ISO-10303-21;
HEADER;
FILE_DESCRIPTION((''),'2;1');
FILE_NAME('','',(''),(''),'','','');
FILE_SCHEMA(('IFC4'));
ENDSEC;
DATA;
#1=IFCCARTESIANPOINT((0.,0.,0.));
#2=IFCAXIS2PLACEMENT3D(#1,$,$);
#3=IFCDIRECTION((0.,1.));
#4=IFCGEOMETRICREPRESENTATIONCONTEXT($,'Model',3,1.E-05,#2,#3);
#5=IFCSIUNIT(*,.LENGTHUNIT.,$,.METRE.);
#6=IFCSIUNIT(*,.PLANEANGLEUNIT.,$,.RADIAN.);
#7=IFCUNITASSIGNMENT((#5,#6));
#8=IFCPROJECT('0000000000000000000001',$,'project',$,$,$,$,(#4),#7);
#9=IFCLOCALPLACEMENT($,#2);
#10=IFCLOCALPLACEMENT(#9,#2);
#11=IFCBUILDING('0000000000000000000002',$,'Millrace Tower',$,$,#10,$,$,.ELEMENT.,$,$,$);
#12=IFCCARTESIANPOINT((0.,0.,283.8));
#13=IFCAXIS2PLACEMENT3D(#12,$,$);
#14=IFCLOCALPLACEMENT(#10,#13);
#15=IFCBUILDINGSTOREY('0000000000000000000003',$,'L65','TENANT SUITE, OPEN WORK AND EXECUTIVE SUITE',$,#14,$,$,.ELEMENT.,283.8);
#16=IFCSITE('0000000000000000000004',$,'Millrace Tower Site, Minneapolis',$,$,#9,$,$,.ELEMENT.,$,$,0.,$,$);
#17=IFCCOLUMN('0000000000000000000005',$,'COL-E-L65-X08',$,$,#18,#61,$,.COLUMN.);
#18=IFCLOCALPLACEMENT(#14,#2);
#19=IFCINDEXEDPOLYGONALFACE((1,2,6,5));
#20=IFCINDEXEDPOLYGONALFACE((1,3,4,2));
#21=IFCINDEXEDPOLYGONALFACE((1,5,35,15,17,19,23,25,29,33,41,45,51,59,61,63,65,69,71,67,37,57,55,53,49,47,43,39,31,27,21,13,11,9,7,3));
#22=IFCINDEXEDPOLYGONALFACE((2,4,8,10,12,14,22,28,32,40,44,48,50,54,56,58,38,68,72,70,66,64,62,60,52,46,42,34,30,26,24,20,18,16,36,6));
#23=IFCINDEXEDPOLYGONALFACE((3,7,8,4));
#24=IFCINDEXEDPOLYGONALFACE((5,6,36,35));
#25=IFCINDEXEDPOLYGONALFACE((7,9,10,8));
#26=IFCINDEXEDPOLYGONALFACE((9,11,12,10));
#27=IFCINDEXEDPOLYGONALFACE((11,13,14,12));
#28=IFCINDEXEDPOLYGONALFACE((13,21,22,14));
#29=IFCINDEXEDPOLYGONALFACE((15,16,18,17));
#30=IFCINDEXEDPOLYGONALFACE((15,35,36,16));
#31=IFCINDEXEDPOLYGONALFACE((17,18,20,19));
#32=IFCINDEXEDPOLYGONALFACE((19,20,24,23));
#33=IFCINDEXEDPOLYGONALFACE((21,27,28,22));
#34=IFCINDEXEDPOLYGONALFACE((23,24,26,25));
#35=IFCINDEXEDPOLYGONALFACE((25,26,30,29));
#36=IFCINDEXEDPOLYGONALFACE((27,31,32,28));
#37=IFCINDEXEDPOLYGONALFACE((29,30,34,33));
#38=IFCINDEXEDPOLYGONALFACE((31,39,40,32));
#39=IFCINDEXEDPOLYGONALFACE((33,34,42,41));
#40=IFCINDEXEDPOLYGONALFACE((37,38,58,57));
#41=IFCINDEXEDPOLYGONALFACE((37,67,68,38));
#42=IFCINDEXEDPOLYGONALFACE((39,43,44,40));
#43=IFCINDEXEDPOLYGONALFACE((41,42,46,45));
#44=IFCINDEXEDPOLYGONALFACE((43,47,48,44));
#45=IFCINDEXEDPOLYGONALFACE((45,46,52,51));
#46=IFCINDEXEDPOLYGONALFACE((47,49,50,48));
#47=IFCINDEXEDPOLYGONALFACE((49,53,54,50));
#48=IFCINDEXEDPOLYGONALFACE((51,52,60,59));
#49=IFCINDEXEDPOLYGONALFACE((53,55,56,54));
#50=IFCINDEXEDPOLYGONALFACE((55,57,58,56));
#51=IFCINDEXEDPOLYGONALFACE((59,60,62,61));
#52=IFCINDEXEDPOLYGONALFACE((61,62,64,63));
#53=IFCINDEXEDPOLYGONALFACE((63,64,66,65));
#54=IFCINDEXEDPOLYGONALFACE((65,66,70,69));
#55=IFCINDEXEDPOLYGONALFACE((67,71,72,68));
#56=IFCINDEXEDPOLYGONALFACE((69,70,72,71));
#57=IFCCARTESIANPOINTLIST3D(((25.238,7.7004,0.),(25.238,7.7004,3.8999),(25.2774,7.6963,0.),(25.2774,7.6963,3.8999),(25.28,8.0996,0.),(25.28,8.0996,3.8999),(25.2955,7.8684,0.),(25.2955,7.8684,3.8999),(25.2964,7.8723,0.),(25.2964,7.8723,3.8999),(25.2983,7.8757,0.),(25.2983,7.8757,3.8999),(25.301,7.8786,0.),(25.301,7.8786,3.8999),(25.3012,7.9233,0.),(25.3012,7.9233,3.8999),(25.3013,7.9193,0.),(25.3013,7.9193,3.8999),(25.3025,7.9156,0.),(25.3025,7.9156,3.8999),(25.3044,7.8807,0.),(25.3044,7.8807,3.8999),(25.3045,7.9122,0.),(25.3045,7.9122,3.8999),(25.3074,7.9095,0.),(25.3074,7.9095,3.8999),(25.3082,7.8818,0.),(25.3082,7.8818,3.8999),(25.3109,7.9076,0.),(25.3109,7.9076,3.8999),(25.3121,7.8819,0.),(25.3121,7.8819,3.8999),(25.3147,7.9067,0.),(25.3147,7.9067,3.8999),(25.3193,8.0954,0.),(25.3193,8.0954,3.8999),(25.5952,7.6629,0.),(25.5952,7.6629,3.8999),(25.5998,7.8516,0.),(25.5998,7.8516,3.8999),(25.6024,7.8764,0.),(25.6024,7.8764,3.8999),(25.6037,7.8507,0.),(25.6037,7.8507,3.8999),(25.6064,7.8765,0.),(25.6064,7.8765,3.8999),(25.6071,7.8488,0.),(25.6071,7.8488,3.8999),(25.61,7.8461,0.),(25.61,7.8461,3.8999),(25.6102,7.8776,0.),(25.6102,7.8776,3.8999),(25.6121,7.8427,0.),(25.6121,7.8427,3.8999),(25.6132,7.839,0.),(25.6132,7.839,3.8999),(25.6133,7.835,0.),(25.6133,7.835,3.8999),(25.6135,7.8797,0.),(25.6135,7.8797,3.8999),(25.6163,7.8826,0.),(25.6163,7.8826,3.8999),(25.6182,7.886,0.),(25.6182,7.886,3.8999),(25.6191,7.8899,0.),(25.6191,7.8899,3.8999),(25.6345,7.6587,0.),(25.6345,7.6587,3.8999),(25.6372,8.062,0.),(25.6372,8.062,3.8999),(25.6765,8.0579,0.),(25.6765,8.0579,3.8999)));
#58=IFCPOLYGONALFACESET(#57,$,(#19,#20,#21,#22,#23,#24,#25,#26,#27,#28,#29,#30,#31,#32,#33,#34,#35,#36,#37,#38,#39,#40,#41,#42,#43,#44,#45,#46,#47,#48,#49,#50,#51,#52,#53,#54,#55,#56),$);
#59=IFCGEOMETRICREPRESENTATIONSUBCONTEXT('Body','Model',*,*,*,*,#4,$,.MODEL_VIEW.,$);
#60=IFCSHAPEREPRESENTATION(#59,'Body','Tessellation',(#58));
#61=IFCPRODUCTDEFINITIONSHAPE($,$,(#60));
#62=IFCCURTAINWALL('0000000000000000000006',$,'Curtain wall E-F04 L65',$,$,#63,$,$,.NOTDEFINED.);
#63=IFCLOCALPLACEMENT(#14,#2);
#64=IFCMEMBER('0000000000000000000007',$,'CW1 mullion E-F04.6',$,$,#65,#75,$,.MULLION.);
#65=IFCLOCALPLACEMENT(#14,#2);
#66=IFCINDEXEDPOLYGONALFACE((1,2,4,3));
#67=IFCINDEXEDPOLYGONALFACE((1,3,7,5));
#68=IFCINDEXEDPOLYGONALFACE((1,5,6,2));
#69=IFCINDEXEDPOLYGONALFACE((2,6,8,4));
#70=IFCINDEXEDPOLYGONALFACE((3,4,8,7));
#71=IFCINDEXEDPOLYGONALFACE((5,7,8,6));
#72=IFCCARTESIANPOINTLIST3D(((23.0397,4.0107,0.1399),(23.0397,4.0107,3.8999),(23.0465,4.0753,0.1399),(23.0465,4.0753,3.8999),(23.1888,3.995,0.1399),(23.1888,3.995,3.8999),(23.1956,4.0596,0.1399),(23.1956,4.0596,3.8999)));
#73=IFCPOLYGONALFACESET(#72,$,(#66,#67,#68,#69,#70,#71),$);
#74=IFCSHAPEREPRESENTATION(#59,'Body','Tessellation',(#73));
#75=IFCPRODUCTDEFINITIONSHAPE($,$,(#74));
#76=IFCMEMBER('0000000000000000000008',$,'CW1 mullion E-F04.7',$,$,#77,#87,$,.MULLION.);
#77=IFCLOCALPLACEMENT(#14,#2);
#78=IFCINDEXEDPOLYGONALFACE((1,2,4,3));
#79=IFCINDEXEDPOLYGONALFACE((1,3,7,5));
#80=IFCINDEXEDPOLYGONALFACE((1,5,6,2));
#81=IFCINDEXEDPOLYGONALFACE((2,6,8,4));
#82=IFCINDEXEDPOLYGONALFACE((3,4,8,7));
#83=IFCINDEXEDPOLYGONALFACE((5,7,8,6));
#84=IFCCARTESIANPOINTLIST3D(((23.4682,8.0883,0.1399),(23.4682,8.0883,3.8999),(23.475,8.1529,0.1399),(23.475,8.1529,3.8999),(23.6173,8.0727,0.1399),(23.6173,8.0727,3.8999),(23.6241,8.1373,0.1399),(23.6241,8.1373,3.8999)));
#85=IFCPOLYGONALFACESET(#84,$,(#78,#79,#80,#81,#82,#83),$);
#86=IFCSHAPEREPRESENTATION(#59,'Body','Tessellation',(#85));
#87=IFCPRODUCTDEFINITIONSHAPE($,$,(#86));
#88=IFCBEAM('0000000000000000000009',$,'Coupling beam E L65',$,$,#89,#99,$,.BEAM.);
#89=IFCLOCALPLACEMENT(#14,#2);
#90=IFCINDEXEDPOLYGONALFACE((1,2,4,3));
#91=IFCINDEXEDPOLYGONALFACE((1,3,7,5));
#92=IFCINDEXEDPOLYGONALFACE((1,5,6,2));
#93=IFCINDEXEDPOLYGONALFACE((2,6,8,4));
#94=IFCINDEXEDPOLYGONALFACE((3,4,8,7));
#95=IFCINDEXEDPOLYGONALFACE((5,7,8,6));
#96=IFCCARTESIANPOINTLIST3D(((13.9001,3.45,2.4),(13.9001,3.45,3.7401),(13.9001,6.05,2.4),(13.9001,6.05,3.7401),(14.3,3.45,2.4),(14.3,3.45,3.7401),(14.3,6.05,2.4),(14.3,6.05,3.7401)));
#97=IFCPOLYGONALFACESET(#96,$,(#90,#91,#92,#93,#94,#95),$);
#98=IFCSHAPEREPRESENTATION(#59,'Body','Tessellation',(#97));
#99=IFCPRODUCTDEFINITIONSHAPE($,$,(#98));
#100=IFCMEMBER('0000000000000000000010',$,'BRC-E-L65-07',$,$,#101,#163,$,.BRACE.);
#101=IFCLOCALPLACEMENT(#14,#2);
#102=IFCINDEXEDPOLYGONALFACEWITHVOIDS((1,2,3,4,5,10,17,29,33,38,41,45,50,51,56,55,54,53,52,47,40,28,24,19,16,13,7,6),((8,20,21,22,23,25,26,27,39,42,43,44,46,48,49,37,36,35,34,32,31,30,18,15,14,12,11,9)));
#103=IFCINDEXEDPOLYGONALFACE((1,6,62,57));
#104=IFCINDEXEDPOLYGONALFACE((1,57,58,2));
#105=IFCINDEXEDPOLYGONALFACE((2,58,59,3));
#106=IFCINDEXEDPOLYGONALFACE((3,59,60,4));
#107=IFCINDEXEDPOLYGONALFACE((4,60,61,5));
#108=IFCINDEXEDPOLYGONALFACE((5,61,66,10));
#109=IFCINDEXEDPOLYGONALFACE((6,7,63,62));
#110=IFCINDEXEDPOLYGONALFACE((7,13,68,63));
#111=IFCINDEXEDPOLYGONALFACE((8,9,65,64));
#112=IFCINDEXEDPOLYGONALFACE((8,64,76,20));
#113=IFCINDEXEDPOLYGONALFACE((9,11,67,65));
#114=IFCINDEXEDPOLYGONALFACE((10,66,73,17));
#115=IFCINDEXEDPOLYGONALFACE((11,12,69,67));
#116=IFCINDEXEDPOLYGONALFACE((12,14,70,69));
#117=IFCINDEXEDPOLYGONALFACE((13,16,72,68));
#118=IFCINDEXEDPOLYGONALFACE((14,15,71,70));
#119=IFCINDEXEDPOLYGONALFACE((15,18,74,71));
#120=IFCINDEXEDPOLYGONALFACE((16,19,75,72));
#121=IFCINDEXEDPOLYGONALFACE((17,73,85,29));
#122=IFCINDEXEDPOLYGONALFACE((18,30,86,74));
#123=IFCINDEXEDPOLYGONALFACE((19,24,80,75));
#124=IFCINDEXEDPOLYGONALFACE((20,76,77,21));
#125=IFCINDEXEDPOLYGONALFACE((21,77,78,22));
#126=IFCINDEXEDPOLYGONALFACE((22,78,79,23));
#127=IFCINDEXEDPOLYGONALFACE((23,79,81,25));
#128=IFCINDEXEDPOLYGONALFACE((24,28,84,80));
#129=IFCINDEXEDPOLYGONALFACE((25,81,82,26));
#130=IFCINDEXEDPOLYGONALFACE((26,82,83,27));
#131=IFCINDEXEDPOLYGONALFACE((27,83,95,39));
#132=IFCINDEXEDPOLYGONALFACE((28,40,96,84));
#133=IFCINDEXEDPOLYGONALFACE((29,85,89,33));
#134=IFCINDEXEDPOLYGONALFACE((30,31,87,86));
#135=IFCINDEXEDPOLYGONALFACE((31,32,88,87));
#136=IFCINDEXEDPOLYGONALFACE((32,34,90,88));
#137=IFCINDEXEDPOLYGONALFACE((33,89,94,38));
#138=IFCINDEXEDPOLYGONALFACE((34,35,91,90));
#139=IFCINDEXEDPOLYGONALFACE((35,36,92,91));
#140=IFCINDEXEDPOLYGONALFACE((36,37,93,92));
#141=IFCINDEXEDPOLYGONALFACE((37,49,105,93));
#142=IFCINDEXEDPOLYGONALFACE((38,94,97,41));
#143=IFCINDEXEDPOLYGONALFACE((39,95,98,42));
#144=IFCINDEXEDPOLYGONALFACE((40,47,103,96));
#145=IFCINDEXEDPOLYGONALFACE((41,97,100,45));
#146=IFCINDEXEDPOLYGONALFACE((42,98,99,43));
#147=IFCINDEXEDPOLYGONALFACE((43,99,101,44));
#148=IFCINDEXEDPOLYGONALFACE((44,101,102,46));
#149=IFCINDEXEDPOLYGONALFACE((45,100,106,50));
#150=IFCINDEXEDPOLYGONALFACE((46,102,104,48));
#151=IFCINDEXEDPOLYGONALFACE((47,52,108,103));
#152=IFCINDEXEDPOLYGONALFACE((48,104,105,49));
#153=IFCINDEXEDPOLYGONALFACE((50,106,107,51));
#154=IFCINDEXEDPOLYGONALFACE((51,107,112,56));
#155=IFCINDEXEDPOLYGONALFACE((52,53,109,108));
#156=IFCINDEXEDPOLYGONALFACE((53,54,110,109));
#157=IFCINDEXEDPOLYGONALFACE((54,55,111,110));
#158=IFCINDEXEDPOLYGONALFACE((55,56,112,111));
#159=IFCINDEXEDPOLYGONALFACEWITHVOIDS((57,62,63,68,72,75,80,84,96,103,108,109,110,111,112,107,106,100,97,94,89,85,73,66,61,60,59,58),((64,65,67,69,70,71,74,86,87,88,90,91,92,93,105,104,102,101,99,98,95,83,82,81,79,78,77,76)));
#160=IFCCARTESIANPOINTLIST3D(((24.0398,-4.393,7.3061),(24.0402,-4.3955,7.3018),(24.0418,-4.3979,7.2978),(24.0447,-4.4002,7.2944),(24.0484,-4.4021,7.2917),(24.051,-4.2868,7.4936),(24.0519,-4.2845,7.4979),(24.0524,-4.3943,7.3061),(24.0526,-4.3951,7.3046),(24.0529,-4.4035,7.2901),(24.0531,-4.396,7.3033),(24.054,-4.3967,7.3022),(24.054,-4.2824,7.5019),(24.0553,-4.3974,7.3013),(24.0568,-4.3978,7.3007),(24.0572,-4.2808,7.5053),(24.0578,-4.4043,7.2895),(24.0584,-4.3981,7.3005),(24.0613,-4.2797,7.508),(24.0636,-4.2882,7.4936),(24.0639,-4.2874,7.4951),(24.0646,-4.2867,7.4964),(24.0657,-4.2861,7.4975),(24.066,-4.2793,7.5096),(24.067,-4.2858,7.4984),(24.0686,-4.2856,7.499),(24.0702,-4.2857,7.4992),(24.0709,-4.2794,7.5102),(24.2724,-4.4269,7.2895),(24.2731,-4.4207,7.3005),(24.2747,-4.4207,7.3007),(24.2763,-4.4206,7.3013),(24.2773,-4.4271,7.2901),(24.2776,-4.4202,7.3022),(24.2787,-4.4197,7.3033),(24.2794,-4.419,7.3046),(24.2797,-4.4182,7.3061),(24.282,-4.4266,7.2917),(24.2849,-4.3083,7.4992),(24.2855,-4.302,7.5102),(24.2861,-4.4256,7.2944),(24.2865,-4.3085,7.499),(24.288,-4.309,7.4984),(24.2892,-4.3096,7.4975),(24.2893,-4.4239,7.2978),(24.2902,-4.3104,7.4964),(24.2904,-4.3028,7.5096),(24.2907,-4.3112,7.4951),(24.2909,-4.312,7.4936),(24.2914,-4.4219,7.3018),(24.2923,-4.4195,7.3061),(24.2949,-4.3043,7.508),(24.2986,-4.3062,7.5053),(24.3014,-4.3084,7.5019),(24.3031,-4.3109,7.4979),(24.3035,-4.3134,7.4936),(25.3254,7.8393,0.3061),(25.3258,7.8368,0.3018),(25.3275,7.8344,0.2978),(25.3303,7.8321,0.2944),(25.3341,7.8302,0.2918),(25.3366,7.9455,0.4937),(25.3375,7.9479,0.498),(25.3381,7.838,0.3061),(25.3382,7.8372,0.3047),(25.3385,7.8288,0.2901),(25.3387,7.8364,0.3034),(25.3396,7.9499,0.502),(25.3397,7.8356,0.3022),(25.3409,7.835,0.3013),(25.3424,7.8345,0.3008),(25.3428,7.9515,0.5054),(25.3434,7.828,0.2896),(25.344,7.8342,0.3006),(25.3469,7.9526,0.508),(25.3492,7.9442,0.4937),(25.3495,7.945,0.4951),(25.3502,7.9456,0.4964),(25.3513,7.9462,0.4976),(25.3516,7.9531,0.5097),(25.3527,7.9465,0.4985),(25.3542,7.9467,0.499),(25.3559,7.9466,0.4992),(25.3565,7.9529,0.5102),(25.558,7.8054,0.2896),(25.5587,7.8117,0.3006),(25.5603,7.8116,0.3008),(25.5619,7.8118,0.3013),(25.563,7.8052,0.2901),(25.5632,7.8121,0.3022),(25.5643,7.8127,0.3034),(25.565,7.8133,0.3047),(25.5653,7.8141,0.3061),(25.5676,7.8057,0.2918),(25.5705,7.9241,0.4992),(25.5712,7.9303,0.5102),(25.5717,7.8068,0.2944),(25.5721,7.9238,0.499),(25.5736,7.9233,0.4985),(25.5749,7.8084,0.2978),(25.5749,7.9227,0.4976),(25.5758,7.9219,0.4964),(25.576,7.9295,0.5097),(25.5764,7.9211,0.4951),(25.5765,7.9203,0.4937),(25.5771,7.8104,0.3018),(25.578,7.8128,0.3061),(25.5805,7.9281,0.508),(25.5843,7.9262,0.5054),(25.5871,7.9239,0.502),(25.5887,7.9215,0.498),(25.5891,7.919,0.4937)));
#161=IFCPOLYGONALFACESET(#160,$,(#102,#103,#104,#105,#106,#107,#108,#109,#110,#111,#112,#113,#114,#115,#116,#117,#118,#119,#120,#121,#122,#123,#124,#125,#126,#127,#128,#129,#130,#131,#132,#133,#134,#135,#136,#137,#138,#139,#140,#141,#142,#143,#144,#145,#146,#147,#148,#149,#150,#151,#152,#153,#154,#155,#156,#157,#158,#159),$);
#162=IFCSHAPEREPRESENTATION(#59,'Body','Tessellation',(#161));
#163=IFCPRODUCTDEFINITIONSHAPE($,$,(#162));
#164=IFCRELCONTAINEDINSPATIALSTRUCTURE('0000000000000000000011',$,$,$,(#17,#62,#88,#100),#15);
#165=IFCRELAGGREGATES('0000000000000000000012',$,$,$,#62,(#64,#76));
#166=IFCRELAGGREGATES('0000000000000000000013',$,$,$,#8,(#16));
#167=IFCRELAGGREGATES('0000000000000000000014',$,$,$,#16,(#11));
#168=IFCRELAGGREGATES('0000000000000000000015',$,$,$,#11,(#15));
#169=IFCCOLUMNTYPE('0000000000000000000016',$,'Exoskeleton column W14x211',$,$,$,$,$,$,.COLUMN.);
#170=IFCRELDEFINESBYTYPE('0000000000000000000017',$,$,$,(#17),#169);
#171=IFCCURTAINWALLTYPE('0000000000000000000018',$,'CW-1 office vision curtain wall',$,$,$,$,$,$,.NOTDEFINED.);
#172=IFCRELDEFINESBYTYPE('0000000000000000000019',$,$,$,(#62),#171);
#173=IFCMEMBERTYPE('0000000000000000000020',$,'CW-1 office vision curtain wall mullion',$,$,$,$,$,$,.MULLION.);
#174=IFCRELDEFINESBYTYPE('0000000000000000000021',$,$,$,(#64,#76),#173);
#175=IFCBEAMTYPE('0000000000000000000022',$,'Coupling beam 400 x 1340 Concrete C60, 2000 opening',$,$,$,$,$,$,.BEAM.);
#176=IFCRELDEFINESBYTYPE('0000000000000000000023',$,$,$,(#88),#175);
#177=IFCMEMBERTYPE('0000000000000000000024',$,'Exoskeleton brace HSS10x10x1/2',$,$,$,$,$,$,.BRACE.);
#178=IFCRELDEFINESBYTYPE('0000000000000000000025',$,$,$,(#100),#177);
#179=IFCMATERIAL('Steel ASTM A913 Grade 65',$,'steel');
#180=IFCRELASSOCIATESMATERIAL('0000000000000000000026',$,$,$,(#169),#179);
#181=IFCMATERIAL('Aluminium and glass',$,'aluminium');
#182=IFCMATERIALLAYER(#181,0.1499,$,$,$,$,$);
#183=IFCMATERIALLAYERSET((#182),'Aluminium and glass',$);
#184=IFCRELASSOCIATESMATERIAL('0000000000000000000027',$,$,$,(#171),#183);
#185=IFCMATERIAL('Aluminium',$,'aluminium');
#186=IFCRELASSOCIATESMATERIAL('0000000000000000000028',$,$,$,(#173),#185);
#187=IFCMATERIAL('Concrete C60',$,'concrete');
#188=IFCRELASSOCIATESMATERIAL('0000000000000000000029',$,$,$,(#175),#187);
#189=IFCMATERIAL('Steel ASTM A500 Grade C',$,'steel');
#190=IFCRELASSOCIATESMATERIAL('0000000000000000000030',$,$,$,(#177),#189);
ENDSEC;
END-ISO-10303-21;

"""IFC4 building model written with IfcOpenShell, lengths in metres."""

from ifc_helpers import new_model, si_unit, direction, frame, origin, origin_2d, place, context, subcontext, project, spatial, rectangle, hollow_rectangle, i_section, extrude, material, layer, layer_set, material_profile, profile_set, type_object, element, aggregate, save


model = new_model("IFC4")

# Units and contexts
model_context = context("Model", 3, precision=1e-05, world=origin(), true_north=direction((0.0, 1.0)))
body_context = subcontext(model_context, "Body", "Model", "MODEL_VIEW")
ifc_project = project(units=[si_unit("LENGTHUNIT", "METRE"), si_unit("PLANEANGLEUNIT", "RADIAN")], contexts=[model_context])

# Site, building, storey
site_placement = place(None, origin())
site = spatial("IfcSite", under=ifc_project, at=site_placement, Name="Millrace Tower Site, Minneapolis", CompositionType="ELEMENT", RefElevation=0.0)
building_placement = place(site_placement, origin())
building = spatial("IfcBuilding", under=site, at=building_placement, Name="Millrace Tower", CompositionType="ELEMENT")
storey_placement = place(building_placement, frame((0.0, 0.0, 283.8)))
storey = spatial("IfcBuildingStorey", under=building, at=storey_placement, Name="L65", Description="TENANT SUITE, OPEN WORK AND EXECUTIVE SUITE", CompositionType="ELEMENT", Elevation=283.8)

# Column
ifc_material_1 = material(Name="Steel ASTM A913 Grade 65", Category="steel")
ifc_material_profile_1 = material_profile(ifc_material_1, i_section(OverallWidth=0.4014, OverallDepth=0.3987, WebThickness=0.0249, FlangeThickness=0.0396, FilletRadius=0.0151, at=origin_2d()))
ifc_profile_set_1 = profile_set([ifc_material_profile_1], Name="Steel ASTM A913 Grade 65")
column_type = type_object("IfcColumnType", Name="Exoskeleton column W14x211", PredefinedType="COLUMN", material=ifc_profile_set_1)
column_placement = place(storey_placement, frame((25.4573, 7.8792, 0.0), z_axis=(0.0, 0.0, 1.0), x_axis=(0.104528, 0.994522, 0.0)))
element("IfcColumn", 1, at=column_placement, inside=storey, type_object=column_type, Name="COL-E-L65-X08", PredefinedType="COLUMN", context=body_context, shape_type="SweptSolid", body=[
    extrude(i_section(OverallWidth=0.4014, OverallDepth=0.3987, WebThickness=0.0249, FlangeThickness=0.0396, FilletRadius=0.0151, at=origin_2d()), origin(), (0.0, 0.0, 1.0), 3.8999),
])

# Curtain wall, members
ifc_material_2 = material(Name="Aluminium and glass", Category="aluminium")
ifc_layer_1 = layer(ifc_material_2, 0.1499)
ifc_layer_set_1 = layer_set([ifc_layer_1], Name="Aluminium and glass")
curtain_wall_type = type_object("IfcCurtainWallType", Name="CW-1 office vision curtain wall", PredefinedType="NOTDEFINED", material=ifc_layer_set_1)
curtain_wall_placement = place(storey_placement, origin())
curtain_wall = element("IfcCurtainWall", 2, at=curtain_wall_placement, inside=storey, type_object=curtain_wall_type, Name="Curtain wall E-F04 L65", PredefinedType="NOTDEFINED")
ifc_material_3 = material(Name="Aluminium", Category="aluminium")
ifc_material_profile_2 = material_profile(ifc_material_3, rectangle(XDim=0.0649, YDim=0.1499, at=origin_2d()))
ifc_profile_set_2 = profile_set([ifc_material_profile_2], Name="Aluminium")
member_type_1 = type_object("IfcMemberType", Name="CW-1 office vision curtain wall mullion", PredefinedType="MULLION", material=ifc_profile_set_2)
member_1_placement = place(storey_placement, frame((23.1177, 4.0352, 0.1399), z_axis=(0.0, 0.0, 1.0), x_axis=(0.104528, 0.994522, 0.0)))
member_1 = element("IfcMember", 3, at=member_1_placement, type_object=member_type_1, Name="CW1 mullion E-F04.6", PredefinedType="MULLION", context=body_context, shape_type="SweptSolid", body=[
    extrude(rectangle(XDim=0.0649, YDim=0.1499, at=origin_2d()), origin(), (0.0, 0.0, 1.0), 3.76),
])
member_2_placement = place(storey_placement, frame((23.5461, 8.1128, 0.1399), z_axis=(0.0, 0.0, 1.0), x_axis=(0.104528, 0.994522, 0.0)))
member_2 = element("IfcMember", 4, at=member_2_placement, type_object=member_type_1, Name="CW1 mullion E-F04.7", PredefinedType="MULLION", context=body_context, shape_type="SweptSolid", body=[
    extrude(rectangle(XDim=0.0649, YDim=0.1499, at=origin_2d()), origin(), (0.0, 0.0, 1.0), 3.76),
])
aggregate(curtain_wall, [member_1, member_2])

# Beam
ifc_material_4 = material(Name="Concrete C60", Category="concrete")
ifc_material_profile_3 = material_profile(ifc_material_4, rectangle(XDim=0.3999, YDim=1.3401, at=origin_2d()))
ifc_profile_set_3 = profile_set([ifc_material_profile_3], Name="Concrete C60")
beam_type_1 = type_object("IfcBeamType", Name="Coupling beam 400 x 1340 Concrete C60, 2000 opening", PredefinedType="BEAM", material=ifc_profile_set_3)
beam_1_placement = place(storey_placement, frame((14.1001, 6.05, 3.0701), z_axis=(0.0, -1.0, 0.0), x_axis=(1.0, 0.0, 0.0)))
element("IfcBeam", 5, at=beam_1_placement, inside=storey, type_object=beam_type_1, Name="Coupling beam E L65", PredefinedType="BEAM", context=body_context, shape_type="SweptSolid", body=[
    extrude(rectangle(XDim=0.3999, YDim=1.3401, at=origin_2d()), origin(), (0.0, 0.0, 1.0), 2.6001),
])

# Member
ifc_material_5 = material(Name="Steel ASTM A500 Grade C", Category="steel")
ifc_material_profile_4 = material_profile(ifc_material_5, hollow_rectangle(XDim=0.2539, YDim=0.2539, WallThickness=0.0127, InnerFilletRadius=0.0063, OuterFilletRadius=0.019, at=origin_2d()))
ifc_profile_set_4 = profile_set([ifc_material_profile_4], Name="Steel ASTM A500 Grade C")
member_type_2 = type_object("IfcMemberType", Name="Exoskeleton brace HSS10x10x1/2", PredefinedType="BRACE", material=ifc_profile_set_4)
member_3_placement = place(storey_placement, frame((25.4573, 7.8792, 0.3999), z_axis=(-0.090844, -0.864347, 0.494622), x_axis=(0.994522, -0.104526, 0.0)))
element("IfcMember", 6, at=member_3_placement, inside=storey, type_object=member_type_2, Name="BRC-E-L65-07", PredefinedType="BRACE", context=body_context, shape_type="SweptSolid", body=[
    extrude(hollow_rectangle(XDim=0.2539, YDim=0.2539, WallThickness=0.0127, InnerFilletRadius=0.0063, OuterFilletRadius=0.019, at=origin_2d()), origin(), (0.0, 0.0, 1.0), 14.1521),
])

save(model, "model.ifc")
